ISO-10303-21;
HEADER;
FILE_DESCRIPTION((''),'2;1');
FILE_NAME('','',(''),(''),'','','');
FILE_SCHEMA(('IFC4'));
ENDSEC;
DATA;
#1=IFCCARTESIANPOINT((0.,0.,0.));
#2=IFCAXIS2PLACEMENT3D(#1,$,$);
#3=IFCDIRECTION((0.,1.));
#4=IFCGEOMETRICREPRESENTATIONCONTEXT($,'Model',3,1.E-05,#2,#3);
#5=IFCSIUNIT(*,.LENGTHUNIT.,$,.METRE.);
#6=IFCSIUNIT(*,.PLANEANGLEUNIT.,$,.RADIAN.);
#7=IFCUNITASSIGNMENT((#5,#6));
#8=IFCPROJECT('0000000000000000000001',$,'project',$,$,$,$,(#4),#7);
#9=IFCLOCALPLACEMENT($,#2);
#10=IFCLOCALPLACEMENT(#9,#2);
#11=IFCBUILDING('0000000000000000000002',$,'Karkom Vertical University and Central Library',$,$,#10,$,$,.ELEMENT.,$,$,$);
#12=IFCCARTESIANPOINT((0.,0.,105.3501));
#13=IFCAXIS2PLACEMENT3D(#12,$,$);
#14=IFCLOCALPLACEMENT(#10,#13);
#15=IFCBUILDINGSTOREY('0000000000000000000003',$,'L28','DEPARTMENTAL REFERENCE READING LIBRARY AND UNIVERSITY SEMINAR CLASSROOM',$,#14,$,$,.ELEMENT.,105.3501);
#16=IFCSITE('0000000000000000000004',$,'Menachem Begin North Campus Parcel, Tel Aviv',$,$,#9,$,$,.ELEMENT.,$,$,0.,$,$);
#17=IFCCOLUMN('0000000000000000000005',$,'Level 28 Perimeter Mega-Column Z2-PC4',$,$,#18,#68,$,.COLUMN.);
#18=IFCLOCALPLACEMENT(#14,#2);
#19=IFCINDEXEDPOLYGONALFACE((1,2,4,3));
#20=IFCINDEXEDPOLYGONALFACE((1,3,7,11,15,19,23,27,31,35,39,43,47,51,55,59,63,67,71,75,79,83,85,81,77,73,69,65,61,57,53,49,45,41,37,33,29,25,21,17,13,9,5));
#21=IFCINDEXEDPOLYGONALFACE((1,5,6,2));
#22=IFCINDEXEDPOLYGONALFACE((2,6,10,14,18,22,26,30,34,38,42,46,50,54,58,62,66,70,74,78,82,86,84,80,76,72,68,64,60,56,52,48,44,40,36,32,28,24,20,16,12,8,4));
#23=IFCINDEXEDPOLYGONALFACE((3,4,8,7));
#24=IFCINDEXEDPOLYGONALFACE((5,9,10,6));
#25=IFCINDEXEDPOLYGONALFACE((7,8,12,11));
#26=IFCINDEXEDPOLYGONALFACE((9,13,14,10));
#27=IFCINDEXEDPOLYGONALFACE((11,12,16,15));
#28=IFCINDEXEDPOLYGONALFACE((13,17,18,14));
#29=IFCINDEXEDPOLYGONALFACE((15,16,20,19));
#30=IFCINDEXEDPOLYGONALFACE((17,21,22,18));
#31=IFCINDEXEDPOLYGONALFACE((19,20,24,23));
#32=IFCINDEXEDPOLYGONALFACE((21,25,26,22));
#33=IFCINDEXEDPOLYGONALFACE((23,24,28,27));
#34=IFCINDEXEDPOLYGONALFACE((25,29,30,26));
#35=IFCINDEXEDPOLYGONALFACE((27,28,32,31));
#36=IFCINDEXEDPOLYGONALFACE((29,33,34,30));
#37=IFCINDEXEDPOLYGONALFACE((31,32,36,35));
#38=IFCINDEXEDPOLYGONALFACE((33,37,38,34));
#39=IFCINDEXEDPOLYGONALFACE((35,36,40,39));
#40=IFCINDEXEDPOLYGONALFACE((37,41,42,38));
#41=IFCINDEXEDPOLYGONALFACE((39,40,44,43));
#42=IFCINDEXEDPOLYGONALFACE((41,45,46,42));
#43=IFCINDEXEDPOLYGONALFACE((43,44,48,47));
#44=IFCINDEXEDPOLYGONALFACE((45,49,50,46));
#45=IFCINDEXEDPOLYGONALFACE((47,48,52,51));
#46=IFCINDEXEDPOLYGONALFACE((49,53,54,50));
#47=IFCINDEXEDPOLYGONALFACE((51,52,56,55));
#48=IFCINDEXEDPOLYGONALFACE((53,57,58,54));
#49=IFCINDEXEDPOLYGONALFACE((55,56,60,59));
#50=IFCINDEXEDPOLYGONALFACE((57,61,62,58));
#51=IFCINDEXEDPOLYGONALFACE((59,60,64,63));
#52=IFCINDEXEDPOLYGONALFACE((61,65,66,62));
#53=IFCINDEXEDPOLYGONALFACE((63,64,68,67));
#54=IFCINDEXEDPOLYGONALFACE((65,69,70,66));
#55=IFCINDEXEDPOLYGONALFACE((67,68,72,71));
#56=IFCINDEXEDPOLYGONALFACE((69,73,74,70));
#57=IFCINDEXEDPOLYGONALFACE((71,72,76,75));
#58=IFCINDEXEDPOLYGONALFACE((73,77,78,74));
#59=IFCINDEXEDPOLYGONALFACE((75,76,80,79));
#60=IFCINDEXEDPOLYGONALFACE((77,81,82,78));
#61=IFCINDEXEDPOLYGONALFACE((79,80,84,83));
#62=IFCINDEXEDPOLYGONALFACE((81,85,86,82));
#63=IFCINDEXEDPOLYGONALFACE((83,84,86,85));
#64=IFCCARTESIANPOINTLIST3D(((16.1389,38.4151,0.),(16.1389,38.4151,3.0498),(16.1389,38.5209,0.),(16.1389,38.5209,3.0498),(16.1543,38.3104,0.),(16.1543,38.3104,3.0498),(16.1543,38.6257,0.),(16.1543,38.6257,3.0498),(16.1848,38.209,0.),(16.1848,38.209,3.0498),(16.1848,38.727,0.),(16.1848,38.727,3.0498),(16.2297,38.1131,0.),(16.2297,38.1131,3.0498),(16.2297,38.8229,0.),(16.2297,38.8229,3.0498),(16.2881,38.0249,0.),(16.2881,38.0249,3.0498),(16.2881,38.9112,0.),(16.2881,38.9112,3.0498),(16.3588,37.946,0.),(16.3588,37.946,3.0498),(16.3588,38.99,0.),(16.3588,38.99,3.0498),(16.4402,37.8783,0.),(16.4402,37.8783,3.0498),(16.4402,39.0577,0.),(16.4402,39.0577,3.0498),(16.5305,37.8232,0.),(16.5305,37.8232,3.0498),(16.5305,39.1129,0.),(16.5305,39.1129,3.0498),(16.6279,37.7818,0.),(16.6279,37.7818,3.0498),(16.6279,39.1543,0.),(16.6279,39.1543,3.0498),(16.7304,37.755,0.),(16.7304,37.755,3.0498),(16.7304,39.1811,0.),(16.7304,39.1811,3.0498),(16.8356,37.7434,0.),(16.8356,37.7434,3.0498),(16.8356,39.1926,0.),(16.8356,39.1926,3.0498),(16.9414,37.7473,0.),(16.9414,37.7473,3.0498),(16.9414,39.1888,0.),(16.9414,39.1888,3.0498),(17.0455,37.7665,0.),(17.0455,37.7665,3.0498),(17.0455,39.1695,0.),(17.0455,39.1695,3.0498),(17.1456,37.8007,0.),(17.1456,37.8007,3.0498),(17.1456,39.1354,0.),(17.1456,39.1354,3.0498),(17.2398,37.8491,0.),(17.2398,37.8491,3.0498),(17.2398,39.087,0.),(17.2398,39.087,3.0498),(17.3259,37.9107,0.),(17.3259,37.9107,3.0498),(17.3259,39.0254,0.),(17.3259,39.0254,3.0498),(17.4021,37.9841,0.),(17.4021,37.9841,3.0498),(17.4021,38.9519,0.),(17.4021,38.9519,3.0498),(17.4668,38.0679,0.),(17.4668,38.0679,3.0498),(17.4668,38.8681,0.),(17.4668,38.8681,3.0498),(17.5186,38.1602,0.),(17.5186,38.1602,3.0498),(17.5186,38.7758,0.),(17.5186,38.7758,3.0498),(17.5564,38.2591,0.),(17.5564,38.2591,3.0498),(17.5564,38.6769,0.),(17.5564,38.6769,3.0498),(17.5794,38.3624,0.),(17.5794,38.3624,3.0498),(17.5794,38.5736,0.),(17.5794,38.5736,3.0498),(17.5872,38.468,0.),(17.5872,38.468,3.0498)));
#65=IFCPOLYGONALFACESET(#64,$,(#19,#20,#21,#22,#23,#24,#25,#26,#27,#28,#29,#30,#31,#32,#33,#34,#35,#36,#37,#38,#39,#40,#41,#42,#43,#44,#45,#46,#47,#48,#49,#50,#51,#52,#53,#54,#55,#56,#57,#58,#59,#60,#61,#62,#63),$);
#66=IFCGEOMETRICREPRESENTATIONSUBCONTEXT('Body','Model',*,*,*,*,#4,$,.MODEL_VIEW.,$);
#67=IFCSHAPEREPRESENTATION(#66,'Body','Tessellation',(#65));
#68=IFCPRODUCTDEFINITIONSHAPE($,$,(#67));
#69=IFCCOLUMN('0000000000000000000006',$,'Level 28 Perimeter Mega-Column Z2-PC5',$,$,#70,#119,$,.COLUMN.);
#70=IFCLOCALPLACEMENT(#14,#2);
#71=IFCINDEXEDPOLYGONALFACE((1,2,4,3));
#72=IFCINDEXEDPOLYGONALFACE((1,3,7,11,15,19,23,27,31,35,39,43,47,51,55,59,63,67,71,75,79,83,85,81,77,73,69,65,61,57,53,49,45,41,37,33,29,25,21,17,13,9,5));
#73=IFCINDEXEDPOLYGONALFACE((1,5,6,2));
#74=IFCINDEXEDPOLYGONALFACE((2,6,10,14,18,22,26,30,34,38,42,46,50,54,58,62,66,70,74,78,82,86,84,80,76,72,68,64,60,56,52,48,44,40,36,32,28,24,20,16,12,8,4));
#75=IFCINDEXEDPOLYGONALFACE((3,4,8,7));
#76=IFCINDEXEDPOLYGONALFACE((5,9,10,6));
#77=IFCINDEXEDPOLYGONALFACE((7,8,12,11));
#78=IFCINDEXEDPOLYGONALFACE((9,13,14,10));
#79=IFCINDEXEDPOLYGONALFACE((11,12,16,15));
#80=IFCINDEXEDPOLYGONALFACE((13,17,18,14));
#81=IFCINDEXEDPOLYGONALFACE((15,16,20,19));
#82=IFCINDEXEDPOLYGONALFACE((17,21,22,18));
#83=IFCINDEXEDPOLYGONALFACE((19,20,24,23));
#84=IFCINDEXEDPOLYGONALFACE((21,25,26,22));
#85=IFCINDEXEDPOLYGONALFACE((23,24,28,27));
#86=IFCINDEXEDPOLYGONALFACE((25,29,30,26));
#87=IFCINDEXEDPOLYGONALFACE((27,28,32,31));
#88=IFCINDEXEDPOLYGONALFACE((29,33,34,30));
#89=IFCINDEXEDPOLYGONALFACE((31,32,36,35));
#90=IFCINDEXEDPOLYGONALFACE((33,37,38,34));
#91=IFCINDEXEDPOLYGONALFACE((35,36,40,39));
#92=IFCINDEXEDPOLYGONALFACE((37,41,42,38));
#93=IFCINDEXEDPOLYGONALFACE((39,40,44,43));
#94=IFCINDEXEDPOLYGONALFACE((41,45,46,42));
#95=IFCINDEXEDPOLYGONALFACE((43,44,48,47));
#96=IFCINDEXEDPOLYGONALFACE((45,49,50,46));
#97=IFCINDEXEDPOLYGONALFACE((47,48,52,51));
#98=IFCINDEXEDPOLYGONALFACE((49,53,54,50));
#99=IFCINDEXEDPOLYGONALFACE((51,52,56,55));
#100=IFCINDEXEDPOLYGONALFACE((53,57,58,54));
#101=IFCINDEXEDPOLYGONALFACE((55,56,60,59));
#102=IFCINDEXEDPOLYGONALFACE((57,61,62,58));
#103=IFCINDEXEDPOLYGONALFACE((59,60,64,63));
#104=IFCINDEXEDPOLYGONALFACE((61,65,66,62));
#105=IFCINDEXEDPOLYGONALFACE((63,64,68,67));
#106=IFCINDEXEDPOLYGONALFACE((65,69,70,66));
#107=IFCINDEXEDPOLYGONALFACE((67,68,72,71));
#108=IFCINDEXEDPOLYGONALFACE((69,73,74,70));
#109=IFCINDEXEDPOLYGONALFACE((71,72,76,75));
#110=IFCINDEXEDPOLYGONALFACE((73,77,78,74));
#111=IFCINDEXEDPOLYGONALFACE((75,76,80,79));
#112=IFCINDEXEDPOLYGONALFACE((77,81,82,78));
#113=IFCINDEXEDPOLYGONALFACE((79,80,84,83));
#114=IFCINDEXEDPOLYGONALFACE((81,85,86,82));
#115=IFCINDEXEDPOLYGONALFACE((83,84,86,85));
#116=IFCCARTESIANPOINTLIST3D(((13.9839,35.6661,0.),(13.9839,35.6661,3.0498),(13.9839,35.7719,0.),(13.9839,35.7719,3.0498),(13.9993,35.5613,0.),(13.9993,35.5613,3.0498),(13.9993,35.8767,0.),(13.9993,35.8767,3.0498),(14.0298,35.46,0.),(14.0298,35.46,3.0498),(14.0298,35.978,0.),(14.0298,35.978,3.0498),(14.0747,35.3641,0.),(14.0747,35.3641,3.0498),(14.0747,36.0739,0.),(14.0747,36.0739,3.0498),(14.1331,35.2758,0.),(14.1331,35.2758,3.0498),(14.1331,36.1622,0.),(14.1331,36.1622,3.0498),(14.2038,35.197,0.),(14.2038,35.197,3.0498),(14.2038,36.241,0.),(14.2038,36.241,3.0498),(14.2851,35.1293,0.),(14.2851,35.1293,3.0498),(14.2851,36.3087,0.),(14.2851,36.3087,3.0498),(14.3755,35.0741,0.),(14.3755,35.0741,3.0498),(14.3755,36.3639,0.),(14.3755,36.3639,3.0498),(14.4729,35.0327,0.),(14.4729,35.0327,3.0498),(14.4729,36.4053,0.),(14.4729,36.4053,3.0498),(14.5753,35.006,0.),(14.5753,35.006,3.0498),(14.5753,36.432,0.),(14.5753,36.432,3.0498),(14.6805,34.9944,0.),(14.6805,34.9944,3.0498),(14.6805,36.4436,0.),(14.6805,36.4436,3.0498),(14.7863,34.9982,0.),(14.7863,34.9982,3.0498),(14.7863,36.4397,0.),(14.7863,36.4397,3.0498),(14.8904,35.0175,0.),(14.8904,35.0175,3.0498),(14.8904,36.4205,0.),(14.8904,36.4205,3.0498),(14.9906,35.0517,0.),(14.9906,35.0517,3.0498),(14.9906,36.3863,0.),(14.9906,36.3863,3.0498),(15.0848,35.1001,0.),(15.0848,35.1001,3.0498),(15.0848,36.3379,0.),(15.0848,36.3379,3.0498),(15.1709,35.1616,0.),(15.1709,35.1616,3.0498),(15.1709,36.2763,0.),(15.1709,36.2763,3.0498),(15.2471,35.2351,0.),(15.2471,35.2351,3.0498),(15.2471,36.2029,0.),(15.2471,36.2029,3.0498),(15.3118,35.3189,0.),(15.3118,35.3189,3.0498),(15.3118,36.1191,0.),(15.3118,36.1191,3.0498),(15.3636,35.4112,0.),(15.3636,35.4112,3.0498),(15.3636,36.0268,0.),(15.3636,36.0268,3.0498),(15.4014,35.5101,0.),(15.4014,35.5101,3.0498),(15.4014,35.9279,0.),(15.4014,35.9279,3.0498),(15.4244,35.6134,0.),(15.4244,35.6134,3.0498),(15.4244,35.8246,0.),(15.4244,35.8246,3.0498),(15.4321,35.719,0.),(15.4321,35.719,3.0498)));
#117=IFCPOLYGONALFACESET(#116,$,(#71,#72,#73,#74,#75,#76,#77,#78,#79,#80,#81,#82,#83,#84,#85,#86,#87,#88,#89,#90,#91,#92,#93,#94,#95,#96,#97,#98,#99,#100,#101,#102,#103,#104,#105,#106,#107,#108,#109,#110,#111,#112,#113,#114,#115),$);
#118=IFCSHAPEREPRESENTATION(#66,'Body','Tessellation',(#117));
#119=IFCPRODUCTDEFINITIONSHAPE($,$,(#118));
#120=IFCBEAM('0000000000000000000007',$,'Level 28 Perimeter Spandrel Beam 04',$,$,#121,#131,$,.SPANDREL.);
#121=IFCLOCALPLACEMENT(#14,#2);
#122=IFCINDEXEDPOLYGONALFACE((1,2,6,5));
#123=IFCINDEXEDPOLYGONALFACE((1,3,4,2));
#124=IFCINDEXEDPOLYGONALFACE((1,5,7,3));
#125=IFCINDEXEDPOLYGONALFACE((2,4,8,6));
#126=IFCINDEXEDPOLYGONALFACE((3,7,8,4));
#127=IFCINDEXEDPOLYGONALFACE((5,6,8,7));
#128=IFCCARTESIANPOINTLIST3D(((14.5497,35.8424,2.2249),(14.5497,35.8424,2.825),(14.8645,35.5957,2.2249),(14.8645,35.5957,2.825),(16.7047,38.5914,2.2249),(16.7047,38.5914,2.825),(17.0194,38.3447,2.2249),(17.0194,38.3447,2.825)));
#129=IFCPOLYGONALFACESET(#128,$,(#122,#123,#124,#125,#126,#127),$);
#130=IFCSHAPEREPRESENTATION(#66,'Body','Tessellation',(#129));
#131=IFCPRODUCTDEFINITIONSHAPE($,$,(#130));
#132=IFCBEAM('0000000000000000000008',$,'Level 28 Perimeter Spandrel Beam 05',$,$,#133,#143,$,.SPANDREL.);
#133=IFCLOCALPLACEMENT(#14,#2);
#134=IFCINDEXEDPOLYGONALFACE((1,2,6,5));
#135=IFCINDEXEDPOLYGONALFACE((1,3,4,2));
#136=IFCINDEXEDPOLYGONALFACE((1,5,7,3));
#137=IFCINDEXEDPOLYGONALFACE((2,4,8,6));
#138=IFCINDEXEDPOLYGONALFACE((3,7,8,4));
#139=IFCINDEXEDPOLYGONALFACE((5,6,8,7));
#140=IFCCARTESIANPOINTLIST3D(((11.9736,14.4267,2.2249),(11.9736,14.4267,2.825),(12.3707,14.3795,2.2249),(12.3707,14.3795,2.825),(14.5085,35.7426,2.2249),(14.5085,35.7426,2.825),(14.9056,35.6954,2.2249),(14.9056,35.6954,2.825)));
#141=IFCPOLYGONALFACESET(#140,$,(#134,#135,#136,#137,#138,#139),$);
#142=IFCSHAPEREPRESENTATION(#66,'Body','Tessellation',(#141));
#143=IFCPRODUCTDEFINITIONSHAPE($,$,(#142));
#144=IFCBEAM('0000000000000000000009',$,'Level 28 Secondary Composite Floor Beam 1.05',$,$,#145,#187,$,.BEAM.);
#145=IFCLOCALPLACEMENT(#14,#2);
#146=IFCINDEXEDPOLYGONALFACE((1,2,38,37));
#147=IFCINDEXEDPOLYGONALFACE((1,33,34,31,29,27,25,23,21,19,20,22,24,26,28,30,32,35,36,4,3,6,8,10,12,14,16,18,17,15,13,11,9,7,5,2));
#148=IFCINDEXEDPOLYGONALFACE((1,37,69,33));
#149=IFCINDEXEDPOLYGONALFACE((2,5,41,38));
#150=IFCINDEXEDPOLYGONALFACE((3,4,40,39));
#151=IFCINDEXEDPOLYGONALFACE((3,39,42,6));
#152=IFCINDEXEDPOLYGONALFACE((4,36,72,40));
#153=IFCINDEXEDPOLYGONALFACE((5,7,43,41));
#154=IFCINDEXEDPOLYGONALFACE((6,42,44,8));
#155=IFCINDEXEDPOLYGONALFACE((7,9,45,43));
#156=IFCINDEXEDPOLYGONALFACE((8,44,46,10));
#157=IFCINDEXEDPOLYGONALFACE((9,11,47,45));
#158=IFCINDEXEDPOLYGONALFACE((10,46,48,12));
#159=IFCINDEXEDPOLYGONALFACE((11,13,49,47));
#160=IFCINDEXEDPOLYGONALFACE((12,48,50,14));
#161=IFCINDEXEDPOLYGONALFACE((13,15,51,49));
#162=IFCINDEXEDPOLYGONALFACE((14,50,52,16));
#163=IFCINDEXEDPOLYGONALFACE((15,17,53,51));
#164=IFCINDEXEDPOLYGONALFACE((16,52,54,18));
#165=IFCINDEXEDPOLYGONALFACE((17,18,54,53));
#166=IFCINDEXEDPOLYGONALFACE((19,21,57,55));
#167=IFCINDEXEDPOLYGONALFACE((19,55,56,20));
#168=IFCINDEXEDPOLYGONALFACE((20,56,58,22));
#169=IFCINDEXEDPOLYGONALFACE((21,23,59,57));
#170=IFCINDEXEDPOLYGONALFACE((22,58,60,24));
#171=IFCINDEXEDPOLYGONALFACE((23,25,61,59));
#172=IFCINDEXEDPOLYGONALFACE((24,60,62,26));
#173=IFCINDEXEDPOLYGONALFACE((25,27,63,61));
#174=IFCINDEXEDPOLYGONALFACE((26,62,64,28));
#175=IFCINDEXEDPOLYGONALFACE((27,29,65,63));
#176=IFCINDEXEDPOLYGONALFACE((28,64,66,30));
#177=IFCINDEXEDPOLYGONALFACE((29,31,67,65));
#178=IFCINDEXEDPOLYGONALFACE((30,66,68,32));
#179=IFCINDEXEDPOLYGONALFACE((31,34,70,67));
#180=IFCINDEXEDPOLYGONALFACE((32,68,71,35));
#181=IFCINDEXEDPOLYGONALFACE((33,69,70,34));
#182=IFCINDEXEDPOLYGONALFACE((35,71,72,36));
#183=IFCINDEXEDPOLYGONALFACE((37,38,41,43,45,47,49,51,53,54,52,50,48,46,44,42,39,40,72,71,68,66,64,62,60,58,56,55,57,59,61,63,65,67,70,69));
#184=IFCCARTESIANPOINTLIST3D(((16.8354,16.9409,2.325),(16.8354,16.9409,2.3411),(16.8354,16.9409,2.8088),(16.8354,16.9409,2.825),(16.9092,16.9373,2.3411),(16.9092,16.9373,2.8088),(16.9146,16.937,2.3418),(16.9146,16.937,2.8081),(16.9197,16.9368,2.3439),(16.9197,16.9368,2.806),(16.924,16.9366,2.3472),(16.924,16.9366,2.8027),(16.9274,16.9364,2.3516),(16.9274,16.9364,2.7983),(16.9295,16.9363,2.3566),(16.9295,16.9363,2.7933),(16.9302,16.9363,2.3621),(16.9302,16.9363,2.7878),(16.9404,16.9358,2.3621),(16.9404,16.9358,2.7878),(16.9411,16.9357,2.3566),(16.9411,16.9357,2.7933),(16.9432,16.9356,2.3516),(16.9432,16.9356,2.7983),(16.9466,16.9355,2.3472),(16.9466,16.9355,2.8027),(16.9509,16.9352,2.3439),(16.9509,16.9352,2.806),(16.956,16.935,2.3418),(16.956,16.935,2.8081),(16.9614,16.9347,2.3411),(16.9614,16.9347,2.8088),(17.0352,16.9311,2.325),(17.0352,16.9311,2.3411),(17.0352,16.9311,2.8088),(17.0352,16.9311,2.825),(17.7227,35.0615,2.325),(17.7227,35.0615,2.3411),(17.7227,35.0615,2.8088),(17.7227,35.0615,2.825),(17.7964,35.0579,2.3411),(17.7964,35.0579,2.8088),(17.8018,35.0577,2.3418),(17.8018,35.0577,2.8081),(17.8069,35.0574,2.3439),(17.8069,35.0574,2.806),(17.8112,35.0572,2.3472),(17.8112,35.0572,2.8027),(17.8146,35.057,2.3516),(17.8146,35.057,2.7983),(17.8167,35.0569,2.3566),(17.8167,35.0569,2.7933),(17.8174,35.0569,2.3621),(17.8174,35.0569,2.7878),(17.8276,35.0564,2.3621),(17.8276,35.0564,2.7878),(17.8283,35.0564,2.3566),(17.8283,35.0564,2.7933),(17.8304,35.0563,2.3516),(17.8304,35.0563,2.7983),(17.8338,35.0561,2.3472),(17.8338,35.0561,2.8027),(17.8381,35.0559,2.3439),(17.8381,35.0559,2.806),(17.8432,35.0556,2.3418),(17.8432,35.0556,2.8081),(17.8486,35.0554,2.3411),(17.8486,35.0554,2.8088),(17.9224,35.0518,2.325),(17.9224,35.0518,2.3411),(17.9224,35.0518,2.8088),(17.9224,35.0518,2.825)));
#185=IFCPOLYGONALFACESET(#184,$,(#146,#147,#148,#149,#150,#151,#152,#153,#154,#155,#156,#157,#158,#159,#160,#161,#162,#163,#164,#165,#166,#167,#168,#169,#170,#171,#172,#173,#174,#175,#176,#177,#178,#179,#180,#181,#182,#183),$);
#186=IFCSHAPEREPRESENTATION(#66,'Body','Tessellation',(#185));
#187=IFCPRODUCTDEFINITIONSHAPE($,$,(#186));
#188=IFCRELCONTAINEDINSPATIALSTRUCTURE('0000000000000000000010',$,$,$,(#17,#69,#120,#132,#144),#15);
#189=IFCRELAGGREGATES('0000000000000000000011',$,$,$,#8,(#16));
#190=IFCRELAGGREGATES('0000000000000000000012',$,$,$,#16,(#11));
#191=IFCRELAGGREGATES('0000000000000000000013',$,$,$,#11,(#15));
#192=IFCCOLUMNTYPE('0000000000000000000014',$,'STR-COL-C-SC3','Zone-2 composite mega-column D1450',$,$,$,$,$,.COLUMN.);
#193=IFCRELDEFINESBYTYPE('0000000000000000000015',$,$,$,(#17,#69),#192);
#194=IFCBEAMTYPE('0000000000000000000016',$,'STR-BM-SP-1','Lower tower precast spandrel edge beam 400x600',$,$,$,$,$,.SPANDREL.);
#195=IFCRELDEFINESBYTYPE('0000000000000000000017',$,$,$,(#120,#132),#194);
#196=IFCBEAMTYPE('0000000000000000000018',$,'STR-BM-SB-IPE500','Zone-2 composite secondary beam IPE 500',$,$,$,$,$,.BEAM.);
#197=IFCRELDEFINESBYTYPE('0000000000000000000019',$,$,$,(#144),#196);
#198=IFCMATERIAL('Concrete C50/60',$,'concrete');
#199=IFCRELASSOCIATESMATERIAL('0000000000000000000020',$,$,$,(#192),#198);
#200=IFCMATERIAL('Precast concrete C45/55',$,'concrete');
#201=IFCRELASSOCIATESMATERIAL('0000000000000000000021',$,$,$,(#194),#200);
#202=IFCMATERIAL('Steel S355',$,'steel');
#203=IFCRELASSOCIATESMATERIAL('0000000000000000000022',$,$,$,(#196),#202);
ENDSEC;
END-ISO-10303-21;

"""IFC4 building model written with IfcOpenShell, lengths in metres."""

from ifc_helpers import new_model, si_unit, direction, frame, origin, origin_with_axes, origin_2d, place, context, subcontext, project, spatial, rectangle, circle, i_section, extrude, source, transform, mapped, material, material_profile, profile_set, type_object, element, save


model = new_model("IFC4")

# Units and contexts
model_context = context("Model", 3, precision=1e-05, world=origin(), true_north=direction((0.0, 1.0)))
body_context = subcontext(model_context, "Body", "Model", "MODEL_VIEW")
ifc_project = project(units=[si_unit("LENGTHUNIT", "METRE"), si_unit("PLANEANGLEUNIT", "RADIAN")], contexts=[model_context])

# Site, building, storey
site_placement = place(None, origin())
site = spatial("IfcSite", under=ifc_project, at=site_placement, Name="Menachem Begin North Campus Parcel, Tel Aviv", CompositionType="ELEMENT", RefElevation=0.0)
building_placement = place(site_placement, origin())
building = spatial("IfcBuilding", under=site, at=building_placement, Name="Karkom Vertical University and Central Library", CompositionType="ELEMENT")
storey_placement = place(building_placement, frame((0.0, 0.0, 105.3501)))
storey = spatial("IfcBuildingStorey", under=building, at=storey_placement, Name="L28", Description="DEPARTMENTAL REFERENCE READING LIBRARY AND UNIVERSITY SEMINAR CLASSROOM", CompositionType="ELEMENT", Elevation=105.3501)

# Columns
ifc_material_1 = material(Name="Concrete C50/60", Category="concrete")
ifc_material_profile_1 = material_profile(ifc_material_1, circle(Radius=0.7251, at=origin_2d()), Name="CFT-D1450")
ifc_profile_set_1 = profile_set([ifc_material_profile_1], Name="Concrete C50/60")
column_type = type_object("IfcColumnType", Name="STR-COL-C-SC3", Description="Zone-2 composite mega-column D1450", PredefinedType="COLUMN", material=ifc_profile_set_1)
shared_shape_1 = source(origin_with_axes(), body_context, "Body", "SweptSolid", [
    extrude(circle(Radius=0.7251, at=origin_2d()), origin(), (0.0, 0.0, 1.0), 3.0498),
])
for number, where, z_axis, x_axis, name in (
    (1, (16.8621, 38.468, 0.0), (0.0, 0.0, 1.0), (1.0, 0.0, 0.0), "Level 28 Perimeter Mega-Column Z2-PC4"),
    (2, (14.707, 35.719, 0.0), (0.0, 0.0, 1.0), (1.0, 0.0, 0.0), "Level 28 Perimeter Mega-Column Z2-PC5"),
):
    element("IfcColumn", number, at=place(storey_placement, frame(where, z_axis=z_axis, x_axis=x_axis)), inside=storey, type_object=column_type, Name=name, PredefinedType="COLUMN", context=body_context, shape_type="MappedRepresentation", body=[
        mapped(shared_shape_1, transform((0.0, 0.0, 0.0), scale=1.0)),
    ])

# Beams
ifc_material_2 = material(Name="Precast concrete C45/55", Category="concrete")
ifc_material_profile_2 = material_profile(ifc_material_2, rectangle(XDim=0.3999, YDim=0.6001, at=origin_2d()), Name="SPB-400x600")
ifc_profile_set_2 = profile_set([ifc_material_profile_2], Name="Precast concrete C45/55")
beam_type_1 = type_object("IfcBeamType", Name="STR-BM-SP-1", Description="Lower tower precast spandrel edge beam 400x600", PredefinedType="SPANDREL", material=ifc_profile_set_2)
shared_shape_2 = source(origin_with_axes(), body_context, "Body", "SweptSolid", [
    extrude(rectangle(XDim=0.3999, YDim=0.6001, at=origin_2d()), origin(), (0.0, 0.0, 1.0), 3.4929),
])
beam_1_placement = place(storey_placement, frame((16.8621, 38.468, 2.5249), z_axis=(-0.616951, -0.787002, 0.0), x_axis=(0.787002, -0.616951, 0.0)))
element("IfcBeam", 3, at=beam_1_placement, inside=storey, type_object=beam_type_1, Name="Level 28 Perimeter Spandrel Beam 04", PredefinedType="SPANDREL", context=body_context, shape_type="MappedRepresentation", body=[
    mapped(shared_shape_2, transform((0.0, 0.0, 0.0), scale=1.0)),
])
shared_shape_3 = source(origin_with_axes(), body_context, "Body", "SweptSolid", [
    extrude(rectangle(XDim=0.3999, YDim=0.6001, at=origin_2d()), origin(), (0.0, 0.0, 1.0), 21.4661),
])
beam_2_placement = place(storey_placement, frame((14.707, 35.719, 2.5249), z_axis=(-0.118089, -0.993003, 0.0), x_axis=(0.993003, -0.118089, 0.0)))
element("IfcBeam", 4, at=beam_2_placement, inside=storey, type_object=beam_type_1, Name="Level 28 Perimeter Spandrel Beam 05", PredefinedType="SPANDREL", context=body_context, shape_type="MappedRepresentation", body=[
    mapped(shared_shape_3, transform((0.0, 0.0, 0.0), scale=1.0)),
])
ifc_material_3 = material(Name="Steel S355", Category="steel")
ifc_material_profile_3 = material_profile(ifc_material_3, i_section(OverallWidth=0.2, OverallDepth=0.5, WebThickness=0.0103, FlangeThickness=0.0161, FilletRadius=0.021, at=origin_2d()), Name="IPE 500")
ifc_profile_set_3 = profile_set([ifc_material_profile_3], Name="Steel S355")
beam_type_2 = type_object("IfcBeamType", Name="STR-BM-SB-IPE500", Description="Zone-2 composite secondary beam IPE 500", PredefinedType="BEAM", material=ifc_profile_set_3)
shared_shape_4 = source(origin_with_axes(), body_context, "Body", "SweptSolid", [
    extrude(i_section(OverallWidth=0.2, OverallDepth=0.5, WebThickness=0.0103, FlangeThickness=0.0161, FilletRadius=0.021, at=origin_2d()), origin(), (0.0, 0.0, 1.0), 18.1423),
])
beam_3_placement = place(storey_placement, frame((17.8225, 35.0566, 2.575), z_axis=(-0.048903, -0.998804, 0.0), x_axis=(0.998804, -0.048903, 0.0)))
element("IfcBeam", 5, at=beam_3_placement, inside=storey, type_object=beam_type_2, Name="Level 28 Secondary Composite Floor Beam 1.05", PredefinedType="BEAM", context=body_context, shape_type="MappedRepresentation", body=[
    mapped(shared_shape_4, transform((0.0, 0.0, 0.0), scale=1.0)),
])

save(model, "model.ifc")
